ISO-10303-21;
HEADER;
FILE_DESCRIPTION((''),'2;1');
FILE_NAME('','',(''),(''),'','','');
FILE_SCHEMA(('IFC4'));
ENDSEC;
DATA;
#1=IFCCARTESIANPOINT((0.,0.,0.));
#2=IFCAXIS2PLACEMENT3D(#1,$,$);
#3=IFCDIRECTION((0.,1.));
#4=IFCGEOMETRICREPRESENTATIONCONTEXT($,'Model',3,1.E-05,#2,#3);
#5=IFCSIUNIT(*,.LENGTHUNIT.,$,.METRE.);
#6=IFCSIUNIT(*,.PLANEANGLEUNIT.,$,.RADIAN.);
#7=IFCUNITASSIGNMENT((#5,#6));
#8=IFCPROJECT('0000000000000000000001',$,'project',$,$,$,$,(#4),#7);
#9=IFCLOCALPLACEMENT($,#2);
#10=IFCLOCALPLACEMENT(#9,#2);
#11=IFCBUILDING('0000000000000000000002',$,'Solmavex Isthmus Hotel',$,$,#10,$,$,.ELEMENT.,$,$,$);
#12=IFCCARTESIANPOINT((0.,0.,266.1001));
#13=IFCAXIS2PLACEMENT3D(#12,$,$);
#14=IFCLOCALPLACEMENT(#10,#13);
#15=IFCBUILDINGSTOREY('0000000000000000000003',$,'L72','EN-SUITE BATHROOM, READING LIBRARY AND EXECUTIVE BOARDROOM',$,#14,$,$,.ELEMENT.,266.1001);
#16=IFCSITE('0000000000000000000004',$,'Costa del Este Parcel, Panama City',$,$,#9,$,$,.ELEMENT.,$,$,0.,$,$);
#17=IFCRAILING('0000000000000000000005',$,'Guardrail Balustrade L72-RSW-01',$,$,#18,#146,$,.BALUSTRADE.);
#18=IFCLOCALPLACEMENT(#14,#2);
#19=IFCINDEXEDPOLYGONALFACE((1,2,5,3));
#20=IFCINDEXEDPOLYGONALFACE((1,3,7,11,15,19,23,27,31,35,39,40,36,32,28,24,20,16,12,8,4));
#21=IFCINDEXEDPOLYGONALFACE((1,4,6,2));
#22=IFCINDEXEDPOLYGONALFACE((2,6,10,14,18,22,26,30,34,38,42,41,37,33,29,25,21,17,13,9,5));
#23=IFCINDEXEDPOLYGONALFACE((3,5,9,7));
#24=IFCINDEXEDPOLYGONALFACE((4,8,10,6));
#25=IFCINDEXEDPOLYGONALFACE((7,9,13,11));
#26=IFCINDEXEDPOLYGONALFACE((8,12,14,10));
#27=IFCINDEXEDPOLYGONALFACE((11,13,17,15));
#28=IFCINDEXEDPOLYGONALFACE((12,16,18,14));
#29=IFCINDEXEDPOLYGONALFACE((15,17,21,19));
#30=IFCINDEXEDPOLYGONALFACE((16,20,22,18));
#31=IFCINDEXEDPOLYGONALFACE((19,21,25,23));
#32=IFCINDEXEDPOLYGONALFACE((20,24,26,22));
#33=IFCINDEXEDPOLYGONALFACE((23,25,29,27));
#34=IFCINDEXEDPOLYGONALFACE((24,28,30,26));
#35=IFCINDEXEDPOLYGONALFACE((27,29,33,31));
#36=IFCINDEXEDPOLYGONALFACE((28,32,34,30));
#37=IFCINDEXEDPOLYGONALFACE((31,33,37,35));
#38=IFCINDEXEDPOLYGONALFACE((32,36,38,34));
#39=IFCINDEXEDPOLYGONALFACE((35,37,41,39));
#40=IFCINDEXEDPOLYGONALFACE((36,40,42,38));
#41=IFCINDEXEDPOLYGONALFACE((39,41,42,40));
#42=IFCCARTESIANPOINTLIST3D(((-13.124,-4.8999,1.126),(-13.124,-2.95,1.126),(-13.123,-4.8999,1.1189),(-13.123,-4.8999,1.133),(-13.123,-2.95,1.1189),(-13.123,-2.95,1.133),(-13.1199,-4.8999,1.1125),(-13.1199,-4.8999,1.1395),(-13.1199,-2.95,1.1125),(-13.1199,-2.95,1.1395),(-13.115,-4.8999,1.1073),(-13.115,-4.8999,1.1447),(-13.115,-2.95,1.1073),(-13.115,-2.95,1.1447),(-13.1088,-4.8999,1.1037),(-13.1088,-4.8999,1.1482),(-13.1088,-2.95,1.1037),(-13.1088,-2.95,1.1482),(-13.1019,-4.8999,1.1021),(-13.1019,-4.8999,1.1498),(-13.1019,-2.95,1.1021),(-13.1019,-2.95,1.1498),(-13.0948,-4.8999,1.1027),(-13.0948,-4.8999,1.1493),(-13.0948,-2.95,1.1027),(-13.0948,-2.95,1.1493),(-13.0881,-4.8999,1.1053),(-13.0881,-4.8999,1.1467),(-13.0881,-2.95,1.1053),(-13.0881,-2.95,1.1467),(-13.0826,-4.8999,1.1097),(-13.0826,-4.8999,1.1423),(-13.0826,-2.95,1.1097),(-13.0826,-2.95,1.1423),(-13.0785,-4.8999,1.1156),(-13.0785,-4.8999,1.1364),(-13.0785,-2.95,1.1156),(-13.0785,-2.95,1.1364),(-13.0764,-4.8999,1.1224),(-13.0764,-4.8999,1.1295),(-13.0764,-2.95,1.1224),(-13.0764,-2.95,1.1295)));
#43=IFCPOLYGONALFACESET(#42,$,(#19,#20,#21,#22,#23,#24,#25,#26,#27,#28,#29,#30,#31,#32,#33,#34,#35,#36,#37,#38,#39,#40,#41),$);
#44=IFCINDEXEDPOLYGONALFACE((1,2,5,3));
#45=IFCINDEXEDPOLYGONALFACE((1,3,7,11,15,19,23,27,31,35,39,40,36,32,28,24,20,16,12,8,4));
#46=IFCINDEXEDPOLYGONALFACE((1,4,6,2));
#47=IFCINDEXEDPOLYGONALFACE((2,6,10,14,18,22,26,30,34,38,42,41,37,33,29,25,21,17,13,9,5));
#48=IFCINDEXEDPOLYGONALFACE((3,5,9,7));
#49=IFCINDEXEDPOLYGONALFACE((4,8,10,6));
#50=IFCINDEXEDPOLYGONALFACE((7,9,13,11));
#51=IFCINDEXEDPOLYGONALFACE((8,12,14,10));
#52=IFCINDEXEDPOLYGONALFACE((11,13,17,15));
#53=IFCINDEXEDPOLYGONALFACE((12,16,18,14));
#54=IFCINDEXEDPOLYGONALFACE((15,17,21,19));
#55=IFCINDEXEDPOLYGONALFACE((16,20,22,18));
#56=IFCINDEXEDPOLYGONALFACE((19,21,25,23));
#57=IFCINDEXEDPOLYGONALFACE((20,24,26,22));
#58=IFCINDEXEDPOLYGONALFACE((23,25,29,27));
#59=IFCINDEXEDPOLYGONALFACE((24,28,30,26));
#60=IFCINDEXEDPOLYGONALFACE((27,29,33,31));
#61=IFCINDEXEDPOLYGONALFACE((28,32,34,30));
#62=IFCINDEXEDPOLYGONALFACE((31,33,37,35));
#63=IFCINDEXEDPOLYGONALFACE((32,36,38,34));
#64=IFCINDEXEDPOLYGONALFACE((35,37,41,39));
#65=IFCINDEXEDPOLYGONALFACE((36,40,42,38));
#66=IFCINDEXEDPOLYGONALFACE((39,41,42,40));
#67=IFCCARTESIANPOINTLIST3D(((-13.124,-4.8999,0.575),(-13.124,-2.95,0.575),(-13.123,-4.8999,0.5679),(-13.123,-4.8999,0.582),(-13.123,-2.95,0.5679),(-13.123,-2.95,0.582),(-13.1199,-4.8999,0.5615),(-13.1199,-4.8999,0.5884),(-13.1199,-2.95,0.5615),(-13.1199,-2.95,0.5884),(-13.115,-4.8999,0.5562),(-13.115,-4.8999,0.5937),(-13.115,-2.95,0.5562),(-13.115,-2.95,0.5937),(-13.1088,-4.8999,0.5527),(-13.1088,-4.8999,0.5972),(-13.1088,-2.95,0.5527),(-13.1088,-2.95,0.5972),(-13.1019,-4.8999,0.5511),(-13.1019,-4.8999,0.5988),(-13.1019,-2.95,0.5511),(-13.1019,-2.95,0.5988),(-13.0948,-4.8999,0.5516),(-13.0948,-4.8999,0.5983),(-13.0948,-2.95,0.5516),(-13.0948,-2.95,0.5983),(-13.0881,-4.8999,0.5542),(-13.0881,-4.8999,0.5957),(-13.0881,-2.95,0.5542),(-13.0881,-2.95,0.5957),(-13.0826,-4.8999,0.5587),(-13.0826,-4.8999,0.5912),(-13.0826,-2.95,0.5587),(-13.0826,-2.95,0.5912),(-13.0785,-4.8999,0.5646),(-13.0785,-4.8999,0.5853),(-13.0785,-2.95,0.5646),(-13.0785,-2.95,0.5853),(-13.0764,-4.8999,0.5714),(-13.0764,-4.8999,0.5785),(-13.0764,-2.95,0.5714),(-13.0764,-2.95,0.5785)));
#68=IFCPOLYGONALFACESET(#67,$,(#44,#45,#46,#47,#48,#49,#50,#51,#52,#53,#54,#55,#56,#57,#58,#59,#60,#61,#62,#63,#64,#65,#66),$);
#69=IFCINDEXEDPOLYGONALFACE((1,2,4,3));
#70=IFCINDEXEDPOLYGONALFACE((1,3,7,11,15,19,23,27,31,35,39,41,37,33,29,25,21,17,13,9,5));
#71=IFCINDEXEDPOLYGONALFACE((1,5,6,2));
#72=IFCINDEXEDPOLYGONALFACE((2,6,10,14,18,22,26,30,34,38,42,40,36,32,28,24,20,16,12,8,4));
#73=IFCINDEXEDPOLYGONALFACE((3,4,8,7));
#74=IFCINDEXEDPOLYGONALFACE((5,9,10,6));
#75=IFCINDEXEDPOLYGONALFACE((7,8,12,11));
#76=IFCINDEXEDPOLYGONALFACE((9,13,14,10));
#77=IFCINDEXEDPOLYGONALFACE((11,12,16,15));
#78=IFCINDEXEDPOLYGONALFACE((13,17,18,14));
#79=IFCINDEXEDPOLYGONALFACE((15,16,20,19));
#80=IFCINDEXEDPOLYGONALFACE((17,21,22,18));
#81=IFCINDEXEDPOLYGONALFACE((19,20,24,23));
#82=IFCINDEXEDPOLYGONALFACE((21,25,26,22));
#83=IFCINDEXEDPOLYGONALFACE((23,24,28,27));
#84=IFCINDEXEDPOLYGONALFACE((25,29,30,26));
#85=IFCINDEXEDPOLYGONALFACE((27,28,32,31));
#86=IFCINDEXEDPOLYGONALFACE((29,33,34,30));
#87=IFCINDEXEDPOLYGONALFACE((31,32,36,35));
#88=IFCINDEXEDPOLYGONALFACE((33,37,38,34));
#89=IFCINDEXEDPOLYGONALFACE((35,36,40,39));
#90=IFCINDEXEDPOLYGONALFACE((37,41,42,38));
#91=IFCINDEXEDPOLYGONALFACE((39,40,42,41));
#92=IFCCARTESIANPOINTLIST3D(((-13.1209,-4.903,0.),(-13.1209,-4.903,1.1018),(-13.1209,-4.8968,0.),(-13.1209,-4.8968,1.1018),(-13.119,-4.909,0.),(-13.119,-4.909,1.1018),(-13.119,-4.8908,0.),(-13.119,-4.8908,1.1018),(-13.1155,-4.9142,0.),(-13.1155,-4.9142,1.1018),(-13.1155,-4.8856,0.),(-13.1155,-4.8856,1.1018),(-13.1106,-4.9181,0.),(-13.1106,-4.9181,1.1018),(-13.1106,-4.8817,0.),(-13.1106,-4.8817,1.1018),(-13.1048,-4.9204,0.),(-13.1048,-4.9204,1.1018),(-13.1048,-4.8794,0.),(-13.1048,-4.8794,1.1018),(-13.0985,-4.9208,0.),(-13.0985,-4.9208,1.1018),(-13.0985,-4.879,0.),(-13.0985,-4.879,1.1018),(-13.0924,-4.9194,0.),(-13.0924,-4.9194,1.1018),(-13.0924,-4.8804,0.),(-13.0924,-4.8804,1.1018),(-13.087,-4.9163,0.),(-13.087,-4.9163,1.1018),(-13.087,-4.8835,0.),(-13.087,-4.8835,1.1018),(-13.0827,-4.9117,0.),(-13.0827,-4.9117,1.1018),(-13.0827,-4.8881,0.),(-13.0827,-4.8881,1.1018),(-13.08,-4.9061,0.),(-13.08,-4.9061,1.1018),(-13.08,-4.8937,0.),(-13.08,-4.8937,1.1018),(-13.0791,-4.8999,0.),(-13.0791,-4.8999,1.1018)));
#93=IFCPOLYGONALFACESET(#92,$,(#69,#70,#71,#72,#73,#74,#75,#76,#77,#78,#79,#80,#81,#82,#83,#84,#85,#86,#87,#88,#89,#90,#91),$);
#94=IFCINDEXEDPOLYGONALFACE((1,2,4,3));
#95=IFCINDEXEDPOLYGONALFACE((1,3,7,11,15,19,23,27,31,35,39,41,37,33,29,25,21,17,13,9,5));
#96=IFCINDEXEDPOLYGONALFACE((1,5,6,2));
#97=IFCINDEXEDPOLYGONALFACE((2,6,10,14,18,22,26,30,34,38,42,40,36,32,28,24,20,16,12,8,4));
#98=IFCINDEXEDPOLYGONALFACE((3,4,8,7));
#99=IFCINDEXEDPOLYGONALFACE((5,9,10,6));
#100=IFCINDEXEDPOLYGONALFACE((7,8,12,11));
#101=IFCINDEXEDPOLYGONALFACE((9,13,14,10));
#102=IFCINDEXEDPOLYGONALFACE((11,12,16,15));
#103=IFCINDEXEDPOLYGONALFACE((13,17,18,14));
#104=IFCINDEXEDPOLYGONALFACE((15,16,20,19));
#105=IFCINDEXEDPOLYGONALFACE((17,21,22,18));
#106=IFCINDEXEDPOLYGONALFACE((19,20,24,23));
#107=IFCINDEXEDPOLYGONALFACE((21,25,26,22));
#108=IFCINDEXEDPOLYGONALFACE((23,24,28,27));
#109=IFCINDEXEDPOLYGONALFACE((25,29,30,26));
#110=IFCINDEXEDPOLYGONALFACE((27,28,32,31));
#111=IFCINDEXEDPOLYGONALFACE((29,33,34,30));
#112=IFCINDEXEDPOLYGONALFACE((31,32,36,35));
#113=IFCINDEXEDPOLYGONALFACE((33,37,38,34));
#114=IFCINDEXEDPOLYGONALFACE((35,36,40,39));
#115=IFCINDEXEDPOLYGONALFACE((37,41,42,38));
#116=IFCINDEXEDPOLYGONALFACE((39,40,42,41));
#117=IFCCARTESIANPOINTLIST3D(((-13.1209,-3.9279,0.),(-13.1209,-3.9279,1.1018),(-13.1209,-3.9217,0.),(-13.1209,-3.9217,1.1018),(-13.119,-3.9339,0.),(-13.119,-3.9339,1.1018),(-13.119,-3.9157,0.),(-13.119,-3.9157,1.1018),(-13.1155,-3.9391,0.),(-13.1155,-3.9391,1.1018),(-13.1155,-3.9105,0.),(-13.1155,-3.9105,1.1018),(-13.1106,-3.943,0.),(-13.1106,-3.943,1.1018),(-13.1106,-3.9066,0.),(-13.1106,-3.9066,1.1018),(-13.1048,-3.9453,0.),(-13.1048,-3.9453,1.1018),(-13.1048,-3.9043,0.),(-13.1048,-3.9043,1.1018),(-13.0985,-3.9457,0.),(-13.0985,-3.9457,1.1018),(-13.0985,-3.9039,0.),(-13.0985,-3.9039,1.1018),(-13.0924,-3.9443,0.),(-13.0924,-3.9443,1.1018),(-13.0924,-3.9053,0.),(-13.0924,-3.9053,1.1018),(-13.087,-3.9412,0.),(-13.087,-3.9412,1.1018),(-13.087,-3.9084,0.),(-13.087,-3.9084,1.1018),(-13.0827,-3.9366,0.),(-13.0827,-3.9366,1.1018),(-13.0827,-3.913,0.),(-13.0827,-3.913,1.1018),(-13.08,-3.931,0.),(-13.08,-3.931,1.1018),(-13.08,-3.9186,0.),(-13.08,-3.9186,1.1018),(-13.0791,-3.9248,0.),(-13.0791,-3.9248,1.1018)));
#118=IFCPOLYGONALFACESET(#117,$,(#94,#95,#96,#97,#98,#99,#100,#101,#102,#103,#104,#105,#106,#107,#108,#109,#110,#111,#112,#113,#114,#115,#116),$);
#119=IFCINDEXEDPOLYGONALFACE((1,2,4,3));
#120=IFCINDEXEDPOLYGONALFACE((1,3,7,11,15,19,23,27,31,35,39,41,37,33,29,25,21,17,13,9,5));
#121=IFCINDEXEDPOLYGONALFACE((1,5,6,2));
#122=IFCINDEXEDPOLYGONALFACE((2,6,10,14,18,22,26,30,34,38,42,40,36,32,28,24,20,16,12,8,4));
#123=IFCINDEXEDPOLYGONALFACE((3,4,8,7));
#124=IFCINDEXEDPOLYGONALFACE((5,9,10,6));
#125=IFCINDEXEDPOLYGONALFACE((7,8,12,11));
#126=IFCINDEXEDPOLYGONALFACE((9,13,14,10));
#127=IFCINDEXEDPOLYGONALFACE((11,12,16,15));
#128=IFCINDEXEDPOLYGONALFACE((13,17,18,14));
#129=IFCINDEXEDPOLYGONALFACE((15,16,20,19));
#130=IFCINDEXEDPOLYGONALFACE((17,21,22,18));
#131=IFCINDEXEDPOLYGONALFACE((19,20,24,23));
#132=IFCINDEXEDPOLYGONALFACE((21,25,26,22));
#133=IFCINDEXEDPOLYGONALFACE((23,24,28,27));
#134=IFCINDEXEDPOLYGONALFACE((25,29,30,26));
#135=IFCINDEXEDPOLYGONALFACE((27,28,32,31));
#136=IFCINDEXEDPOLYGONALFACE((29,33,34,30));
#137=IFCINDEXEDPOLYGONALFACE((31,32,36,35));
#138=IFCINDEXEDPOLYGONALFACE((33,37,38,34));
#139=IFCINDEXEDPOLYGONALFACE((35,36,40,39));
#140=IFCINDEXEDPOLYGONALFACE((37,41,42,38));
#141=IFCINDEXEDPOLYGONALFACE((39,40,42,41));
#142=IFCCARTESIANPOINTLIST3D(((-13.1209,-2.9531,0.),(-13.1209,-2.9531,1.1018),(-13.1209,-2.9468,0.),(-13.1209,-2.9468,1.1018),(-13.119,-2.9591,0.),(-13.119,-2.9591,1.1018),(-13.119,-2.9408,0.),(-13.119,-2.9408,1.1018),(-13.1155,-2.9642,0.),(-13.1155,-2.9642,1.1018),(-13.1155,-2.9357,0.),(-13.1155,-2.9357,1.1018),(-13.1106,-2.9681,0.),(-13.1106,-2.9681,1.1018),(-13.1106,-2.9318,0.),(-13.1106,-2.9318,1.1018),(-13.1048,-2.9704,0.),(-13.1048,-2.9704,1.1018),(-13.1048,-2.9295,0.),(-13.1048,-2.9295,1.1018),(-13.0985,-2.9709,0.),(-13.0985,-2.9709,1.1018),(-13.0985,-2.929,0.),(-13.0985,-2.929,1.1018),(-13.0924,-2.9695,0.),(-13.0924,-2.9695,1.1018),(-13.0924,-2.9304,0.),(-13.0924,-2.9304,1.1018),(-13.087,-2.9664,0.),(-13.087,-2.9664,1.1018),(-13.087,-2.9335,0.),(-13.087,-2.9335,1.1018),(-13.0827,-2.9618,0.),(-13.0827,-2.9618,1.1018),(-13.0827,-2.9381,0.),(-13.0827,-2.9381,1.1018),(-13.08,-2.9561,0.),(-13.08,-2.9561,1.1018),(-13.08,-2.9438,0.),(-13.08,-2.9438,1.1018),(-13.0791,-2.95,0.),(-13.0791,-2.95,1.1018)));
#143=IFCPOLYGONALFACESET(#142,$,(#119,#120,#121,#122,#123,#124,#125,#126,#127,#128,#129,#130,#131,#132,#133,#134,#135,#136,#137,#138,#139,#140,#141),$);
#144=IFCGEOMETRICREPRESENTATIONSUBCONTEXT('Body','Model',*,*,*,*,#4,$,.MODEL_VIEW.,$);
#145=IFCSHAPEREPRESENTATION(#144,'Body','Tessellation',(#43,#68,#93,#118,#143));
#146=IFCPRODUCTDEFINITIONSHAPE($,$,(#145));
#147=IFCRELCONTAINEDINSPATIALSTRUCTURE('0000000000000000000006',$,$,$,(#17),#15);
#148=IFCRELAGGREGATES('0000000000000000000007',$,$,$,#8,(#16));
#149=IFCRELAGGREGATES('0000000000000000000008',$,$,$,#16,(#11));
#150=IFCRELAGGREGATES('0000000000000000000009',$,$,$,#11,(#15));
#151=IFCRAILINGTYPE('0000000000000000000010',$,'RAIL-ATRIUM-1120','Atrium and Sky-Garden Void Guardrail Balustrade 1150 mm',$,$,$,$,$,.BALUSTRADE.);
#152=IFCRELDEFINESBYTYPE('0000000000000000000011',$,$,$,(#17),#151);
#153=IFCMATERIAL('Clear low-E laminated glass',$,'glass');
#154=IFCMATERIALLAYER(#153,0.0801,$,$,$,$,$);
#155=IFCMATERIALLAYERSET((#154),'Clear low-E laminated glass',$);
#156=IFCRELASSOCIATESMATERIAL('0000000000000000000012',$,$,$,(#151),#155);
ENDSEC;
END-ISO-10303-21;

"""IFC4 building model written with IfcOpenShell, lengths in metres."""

from ifc_helpers import new_model, si_unit, direction, frame, origin, origin_2d, place, context, subcontext, project, spatial, circle, extrude, material, layer, layer_set, type_object, element, save


model = new_model("IFC4")

# Units and contexts
model_context = context("Model", 3, precision=1e-05, world=origin(), true_north=direction((0.0, 1.0)))
body_context = subcontext(model_context, "Body", "Model", "MODEL_VIEW")
ifc_project = project(units=[si_unit("LENGTHUNIT", "METRE"), si_unit("PLANEANGLEUNIT", "RADIAN")], contexts=[model_context])

# Site, building, storey
site_placement = place(None, origin())
site = spatial("IfcSite", under=ifc_project, at=site_placement, Name="Costa del Este Parcel, Panama City", CompositionType="ELEMENT", RefElevation=0.0)
building_placement = place(site_placement, origin())
building = spatial("IfcBuilding", under=site, at=building_placement, Name="Solmavex Isthmus Hotel", CompositionType="ELEMENT")
storey_placement = place(building_placement, frame((0.0, 0.0, 266.1001)))
storey = spatial("IfcBuildingStorey", under=building, at=storey_placement, Name="L72", Description="EN-SUITE BATHROOM, READING LIBRARY AND EXECUTIVE BOARDROOM", CompositionType="ELEMENT", Elevation=266.1001)

# Railing
ifc_material_1 = material(Name="Clear low-E laminated glass", Category="glass")
ifc_layer_1 = layer(ifc_material_1, 0.0801)
ifc_layer_set_1 = layer_set([ifc_layer_1], Name="Clear low-E laminated glass")
railing_type_1 = type_object("IfcRailingType", Name="RAIL-ATRIUM-1120", Description="Atrium and Sky-Garden Void Guardrail Balustrade 1150 mm", PredefinedType="BALUSTRADE", material=ifc_layer_set_1)
railing_1_placement = place(storey_placement, frame((-13.1001, -4.8999, 0.0)))
element("IfcRailing", 1, at=railing_1_placement, inside=storey, type_object=railing_type_1, Name="Guardrail Balustrade L72-RSW-01", PredefinedType="BALUSTRADE", context=body_context, shape_type="SweptSolid", body=[
    extrude(circle(Radius=0.0239, at=origin_2d()), frame((0.0, 0.0, 1.126), z_axis=(0.0, 1.0, 0.0), x_axis=(-1.0, 0.0, 0.0)), (0.0, 0.0, 1.0), 1.95),
    extrude(circle(Radius=0.0239, at=origin_2d()), frame((0.0, 0.0, 0.575), z_axis=(0.0, 1.0, 0.0), x_axis=(-1.0, 0.0, 0.0)), (0.0, 0.0, 1.0), 1.95),
    extrude(circle(Radius=0.021, at=origin_2d()), origin(), (0.0, 0.0, 1.0), 1.1018),
    extrude(circle(Radius=0.021, at=origin_2d()), frame((0.0, 0.9751, 0.0)), (0.0, 0.0, 1.0), 1.1018),
    extrude(circle(Radius=0.021, at=origin_2d()), frame((0.0, 1.95, 0.0)), (0.0, 0.0, 1.0), 1.1018),
])

save(model, "model.ifc")
